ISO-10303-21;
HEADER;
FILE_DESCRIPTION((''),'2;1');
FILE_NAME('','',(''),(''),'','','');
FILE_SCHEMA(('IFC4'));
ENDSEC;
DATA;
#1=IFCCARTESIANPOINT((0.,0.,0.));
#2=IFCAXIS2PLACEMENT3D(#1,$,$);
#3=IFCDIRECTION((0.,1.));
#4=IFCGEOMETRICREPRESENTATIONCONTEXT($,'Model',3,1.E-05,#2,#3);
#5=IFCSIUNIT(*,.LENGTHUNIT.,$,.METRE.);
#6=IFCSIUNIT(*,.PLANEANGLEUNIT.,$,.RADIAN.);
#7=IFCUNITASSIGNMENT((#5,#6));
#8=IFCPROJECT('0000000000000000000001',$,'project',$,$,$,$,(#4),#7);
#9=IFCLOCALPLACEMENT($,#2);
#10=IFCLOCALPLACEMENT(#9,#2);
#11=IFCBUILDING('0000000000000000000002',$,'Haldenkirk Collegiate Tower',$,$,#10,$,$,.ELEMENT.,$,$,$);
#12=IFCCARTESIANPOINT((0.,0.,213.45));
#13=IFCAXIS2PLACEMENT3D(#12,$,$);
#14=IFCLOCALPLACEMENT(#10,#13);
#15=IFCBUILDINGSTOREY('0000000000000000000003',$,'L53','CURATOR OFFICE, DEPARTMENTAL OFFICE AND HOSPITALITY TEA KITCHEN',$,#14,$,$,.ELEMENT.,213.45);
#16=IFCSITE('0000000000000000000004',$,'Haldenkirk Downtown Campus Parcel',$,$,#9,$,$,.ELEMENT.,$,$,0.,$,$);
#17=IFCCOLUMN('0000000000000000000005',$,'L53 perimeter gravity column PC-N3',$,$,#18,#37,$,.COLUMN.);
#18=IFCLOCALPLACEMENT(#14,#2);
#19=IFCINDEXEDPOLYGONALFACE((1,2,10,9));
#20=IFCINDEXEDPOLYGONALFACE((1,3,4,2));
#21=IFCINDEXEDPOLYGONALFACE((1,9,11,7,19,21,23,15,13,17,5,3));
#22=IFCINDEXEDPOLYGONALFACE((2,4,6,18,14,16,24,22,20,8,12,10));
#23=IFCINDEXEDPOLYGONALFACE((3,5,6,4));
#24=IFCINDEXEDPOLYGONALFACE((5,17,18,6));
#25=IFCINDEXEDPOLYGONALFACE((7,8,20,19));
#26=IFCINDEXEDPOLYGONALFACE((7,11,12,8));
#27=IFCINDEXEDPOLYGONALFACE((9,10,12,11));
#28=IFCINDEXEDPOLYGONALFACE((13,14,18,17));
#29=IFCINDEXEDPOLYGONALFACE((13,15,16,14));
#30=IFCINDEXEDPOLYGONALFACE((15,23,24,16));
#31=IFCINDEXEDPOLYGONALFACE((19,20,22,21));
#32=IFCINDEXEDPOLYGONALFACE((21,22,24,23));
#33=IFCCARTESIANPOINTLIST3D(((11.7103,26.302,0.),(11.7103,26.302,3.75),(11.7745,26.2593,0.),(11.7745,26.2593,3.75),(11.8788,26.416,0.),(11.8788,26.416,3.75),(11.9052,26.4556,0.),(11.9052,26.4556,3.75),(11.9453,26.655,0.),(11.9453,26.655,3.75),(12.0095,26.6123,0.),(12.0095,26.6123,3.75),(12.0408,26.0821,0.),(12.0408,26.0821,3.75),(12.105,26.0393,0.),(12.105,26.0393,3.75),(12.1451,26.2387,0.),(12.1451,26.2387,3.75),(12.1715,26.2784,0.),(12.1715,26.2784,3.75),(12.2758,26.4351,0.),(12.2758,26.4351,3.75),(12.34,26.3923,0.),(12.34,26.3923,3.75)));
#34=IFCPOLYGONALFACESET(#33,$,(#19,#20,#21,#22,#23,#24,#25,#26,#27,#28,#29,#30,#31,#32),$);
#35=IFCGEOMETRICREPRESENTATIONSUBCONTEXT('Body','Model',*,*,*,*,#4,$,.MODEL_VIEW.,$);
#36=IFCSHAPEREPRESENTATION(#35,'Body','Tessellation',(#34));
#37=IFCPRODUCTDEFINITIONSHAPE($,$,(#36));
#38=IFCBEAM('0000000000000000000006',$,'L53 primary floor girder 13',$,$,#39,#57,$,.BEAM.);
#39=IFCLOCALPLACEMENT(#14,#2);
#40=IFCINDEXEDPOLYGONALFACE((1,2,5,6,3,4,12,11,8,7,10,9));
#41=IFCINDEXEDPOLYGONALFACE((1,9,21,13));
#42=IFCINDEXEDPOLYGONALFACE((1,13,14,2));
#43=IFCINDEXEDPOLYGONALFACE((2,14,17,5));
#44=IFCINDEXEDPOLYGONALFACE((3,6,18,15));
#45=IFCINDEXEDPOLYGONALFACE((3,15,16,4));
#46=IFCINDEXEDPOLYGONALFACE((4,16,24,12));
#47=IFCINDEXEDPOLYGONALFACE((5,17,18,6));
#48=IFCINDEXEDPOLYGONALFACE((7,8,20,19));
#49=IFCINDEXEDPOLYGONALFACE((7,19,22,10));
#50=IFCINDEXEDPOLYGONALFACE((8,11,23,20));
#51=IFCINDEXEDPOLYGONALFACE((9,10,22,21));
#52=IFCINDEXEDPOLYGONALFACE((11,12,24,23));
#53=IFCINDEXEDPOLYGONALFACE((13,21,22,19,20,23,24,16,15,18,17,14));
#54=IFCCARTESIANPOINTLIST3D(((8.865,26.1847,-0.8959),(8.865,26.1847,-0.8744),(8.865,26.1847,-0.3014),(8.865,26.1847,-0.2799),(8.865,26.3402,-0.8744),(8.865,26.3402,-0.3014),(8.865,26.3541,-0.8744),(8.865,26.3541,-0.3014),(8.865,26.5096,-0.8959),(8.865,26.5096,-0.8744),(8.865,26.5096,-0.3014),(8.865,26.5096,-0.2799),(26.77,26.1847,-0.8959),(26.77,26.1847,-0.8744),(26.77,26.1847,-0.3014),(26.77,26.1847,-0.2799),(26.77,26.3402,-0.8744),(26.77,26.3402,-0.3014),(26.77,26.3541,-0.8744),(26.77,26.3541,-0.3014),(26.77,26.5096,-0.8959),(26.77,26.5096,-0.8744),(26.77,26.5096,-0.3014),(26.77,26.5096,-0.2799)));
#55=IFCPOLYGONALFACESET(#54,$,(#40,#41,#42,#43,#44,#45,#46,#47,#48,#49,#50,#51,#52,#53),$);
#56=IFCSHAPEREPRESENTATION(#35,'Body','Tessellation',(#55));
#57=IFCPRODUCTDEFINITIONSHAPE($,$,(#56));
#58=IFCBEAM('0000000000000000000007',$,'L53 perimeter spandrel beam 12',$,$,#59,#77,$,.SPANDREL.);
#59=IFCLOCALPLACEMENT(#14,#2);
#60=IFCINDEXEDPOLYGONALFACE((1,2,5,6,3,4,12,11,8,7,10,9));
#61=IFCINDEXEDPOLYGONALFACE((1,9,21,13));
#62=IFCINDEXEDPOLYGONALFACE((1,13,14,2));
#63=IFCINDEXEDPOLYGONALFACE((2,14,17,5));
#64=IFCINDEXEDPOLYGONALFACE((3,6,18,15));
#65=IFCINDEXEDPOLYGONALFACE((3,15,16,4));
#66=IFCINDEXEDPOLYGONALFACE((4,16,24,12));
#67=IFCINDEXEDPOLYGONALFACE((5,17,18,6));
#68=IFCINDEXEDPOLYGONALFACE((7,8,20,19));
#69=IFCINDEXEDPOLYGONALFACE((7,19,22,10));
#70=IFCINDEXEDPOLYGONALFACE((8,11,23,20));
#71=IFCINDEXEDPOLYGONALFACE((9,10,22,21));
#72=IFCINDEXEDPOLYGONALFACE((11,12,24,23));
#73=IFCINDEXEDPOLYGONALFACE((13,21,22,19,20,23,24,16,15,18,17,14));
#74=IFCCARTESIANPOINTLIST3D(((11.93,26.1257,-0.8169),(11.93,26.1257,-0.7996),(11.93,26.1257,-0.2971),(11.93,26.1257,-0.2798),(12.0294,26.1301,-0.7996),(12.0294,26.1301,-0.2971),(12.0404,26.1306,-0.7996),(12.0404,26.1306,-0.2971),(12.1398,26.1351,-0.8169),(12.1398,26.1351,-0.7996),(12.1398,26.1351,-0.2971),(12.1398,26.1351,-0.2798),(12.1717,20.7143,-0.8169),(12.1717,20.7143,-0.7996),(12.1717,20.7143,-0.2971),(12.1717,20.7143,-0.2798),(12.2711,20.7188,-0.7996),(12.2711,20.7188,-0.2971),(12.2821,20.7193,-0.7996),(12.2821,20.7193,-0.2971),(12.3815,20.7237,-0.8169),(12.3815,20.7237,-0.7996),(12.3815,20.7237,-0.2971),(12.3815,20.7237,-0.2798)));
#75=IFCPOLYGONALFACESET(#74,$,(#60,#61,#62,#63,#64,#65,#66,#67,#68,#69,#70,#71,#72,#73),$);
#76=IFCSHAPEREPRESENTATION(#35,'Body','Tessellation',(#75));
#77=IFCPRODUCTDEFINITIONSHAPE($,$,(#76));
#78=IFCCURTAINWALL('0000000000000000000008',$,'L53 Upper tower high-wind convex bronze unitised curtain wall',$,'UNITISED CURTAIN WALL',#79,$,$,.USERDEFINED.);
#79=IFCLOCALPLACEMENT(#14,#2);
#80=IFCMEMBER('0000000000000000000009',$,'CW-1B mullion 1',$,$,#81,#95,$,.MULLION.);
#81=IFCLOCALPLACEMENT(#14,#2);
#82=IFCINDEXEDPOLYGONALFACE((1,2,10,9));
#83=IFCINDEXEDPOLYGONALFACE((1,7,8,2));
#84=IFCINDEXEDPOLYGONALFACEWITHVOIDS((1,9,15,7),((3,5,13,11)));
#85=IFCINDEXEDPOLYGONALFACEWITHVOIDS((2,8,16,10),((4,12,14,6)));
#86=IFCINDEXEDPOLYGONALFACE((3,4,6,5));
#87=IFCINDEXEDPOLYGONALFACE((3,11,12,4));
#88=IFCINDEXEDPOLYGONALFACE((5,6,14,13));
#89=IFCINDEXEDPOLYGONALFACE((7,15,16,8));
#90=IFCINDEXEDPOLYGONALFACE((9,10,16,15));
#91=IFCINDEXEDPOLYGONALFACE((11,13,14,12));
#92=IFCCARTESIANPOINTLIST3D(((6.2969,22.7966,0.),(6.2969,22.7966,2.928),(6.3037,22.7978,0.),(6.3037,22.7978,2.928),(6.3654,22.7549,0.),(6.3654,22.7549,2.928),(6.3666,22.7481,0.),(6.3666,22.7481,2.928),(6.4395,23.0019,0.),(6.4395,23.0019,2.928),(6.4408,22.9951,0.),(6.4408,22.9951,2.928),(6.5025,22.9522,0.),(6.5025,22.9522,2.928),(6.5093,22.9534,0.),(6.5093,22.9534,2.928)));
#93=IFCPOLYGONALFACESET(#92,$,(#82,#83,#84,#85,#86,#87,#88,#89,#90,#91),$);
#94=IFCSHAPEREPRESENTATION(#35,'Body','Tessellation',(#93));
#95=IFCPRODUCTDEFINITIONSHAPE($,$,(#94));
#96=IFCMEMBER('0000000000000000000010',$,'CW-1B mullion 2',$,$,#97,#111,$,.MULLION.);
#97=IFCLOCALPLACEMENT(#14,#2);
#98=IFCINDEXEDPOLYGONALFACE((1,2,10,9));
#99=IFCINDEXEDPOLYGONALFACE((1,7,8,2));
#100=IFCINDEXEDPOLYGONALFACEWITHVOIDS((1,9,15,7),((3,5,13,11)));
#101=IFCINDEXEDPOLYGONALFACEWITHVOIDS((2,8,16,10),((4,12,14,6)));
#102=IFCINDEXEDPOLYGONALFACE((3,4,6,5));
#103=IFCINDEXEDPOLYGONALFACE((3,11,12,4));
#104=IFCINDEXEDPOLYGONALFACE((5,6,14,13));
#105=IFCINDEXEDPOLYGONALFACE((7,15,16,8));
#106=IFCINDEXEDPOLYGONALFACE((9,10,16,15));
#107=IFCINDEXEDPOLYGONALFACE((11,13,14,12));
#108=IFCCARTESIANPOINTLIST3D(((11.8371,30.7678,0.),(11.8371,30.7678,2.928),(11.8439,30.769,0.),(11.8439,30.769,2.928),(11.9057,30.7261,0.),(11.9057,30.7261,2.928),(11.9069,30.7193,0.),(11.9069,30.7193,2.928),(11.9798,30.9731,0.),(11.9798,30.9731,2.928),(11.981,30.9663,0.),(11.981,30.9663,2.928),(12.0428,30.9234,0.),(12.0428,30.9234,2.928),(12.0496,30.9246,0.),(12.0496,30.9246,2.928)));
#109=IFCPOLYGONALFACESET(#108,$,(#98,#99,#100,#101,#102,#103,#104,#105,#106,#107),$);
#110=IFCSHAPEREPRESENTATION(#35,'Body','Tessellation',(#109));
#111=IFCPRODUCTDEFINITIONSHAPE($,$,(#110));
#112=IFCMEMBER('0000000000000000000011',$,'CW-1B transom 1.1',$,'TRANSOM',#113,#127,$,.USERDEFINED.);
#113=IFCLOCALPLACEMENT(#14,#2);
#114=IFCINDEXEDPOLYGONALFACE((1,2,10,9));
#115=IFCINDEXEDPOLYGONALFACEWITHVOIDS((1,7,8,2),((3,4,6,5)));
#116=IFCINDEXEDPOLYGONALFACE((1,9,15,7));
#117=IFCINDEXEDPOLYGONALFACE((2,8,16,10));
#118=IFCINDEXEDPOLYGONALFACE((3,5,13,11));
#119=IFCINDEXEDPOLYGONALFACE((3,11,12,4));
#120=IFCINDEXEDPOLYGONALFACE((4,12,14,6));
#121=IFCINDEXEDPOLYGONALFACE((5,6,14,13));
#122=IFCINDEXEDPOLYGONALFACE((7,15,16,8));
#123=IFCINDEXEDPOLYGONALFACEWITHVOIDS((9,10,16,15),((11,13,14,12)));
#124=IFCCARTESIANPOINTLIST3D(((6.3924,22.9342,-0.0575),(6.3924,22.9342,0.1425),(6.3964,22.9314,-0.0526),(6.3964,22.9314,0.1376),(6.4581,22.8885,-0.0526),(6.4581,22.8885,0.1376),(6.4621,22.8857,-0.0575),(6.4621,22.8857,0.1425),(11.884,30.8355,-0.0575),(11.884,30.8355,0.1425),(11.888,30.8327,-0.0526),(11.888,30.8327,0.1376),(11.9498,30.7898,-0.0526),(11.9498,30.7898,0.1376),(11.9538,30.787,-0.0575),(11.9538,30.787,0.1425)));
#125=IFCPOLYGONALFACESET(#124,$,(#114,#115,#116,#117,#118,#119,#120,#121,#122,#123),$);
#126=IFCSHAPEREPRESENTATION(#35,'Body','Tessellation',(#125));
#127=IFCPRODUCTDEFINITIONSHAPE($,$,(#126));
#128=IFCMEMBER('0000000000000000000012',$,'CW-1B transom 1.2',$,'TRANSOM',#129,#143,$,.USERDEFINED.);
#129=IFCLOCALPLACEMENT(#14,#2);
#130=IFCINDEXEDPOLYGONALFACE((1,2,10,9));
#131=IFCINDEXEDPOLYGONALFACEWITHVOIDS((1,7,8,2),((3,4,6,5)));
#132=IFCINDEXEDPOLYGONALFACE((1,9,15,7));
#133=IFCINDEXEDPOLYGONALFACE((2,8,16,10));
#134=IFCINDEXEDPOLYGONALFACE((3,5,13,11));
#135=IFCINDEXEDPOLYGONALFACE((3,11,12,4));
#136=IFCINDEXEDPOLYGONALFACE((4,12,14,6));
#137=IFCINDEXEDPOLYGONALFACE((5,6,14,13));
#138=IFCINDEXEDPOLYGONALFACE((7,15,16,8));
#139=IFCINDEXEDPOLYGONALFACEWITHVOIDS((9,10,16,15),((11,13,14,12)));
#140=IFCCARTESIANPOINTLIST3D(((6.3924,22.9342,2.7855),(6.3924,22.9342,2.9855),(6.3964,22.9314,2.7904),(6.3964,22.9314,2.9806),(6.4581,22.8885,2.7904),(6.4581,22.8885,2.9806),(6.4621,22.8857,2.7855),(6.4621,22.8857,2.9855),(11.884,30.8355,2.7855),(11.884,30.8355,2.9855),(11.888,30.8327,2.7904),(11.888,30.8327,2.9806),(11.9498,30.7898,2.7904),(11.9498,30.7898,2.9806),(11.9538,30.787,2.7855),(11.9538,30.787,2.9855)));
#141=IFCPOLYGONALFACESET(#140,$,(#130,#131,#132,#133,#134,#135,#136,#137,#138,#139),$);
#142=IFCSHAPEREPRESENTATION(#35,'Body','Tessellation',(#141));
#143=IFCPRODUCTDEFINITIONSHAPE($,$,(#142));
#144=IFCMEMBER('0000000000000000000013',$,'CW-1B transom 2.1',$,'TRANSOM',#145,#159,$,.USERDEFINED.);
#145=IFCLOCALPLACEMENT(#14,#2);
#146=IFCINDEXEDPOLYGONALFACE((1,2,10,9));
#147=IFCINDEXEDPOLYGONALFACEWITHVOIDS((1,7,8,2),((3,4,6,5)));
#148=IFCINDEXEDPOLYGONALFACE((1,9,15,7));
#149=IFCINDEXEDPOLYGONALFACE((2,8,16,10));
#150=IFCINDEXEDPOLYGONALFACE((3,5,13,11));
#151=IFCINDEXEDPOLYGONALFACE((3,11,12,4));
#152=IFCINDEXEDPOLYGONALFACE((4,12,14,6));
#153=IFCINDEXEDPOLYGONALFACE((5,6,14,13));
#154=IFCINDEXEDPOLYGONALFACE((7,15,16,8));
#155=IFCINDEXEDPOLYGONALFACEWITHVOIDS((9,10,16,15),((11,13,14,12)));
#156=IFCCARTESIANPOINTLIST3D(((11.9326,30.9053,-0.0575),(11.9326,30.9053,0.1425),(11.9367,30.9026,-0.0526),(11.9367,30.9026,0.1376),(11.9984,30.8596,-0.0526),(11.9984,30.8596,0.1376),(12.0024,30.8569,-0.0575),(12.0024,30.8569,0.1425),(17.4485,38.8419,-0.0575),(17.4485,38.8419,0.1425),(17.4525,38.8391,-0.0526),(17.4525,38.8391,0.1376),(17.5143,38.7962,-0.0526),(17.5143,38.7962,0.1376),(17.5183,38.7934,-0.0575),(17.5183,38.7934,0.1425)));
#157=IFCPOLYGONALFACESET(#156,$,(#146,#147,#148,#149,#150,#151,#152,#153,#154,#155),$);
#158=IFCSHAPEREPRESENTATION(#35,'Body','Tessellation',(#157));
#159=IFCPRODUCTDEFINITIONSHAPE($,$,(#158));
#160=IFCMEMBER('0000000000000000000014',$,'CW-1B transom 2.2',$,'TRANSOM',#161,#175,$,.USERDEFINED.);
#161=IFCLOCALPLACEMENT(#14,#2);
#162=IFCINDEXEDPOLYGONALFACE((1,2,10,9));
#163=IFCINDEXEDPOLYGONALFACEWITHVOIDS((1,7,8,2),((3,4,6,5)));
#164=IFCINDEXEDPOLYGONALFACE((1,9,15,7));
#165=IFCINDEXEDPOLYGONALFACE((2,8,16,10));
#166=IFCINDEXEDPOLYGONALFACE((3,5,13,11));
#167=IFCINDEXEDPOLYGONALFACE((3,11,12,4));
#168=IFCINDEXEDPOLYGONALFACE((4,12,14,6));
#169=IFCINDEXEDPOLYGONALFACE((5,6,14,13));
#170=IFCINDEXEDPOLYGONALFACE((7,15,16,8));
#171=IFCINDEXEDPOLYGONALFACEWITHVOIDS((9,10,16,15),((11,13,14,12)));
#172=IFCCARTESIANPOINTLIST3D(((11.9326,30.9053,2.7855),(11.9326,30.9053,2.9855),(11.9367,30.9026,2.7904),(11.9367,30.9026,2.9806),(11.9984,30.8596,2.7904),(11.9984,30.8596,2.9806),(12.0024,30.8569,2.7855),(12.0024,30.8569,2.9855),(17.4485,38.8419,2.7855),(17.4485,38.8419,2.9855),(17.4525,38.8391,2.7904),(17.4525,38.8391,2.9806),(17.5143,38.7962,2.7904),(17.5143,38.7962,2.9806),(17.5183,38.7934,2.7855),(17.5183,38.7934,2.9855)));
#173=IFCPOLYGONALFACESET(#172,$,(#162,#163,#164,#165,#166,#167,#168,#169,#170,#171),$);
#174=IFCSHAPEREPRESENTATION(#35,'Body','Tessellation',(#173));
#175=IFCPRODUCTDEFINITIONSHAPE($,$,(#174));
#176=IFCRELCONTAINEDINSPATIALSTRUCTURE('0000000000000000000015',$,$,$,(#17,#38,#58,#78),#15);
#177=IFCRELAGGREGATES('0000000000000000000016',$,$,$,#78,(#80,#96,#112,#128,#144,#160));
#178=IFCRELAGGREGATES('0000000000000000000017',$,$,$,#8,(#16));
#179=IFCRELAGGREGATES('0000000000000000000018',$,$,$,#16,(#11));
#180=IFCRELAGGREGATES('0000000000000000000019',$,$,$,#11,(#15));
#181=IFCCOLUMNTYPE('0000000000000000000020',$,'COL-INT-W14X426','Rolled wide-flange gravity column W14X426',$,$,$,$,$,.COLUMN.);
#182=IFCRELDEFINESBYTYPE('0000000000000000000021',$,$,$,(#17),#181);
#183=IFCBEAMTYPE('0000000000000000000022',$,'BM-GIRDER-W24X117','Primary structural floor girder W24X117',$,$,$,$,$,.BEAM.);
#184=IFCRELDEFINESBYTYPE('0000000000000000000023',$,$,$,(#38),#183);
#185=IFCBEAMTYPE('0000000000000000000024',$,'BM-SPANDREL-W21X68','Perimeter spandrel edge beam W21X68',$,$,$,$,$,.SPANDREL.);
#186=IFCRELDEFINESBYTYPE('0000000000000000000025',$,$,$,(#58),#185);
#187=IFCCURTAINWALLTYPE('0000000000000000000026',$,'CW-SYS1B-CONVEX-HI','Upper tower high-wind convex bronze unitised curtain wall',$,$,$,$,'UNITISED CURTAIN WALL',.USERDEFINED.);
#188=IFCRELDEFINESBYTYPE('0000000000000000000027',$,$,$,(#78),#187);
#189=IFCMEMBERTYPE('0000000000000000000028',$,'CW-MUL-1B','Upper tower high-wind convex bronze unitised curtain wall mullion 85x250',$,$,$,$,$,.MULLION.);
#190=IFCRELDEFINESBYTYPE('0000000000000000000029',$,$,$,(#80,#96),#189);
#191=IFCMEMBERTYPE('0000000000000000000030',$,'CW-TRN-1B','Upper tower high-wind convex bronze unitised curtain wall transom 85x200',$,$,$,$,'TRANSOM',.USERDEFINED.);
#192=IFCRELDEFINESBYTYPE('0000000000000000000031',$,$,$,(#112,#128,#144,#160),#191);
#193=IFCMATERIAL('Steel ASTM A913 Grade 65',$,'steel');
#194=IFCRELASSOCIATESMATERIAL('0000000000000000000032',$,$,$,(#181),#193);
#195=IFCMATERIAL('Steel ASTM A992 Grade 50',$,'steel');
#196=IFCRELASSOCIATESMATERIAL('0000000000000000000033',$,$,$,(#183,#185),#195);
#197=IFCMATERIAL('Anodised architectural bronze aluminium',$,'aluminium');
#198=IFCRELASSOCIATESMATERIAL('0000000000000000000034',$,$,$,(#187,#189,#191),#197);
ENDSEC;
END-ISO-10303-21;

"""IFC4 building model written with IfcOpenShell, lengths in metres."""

from ifc_helpers import new_model, si_unit, direction, frame, origin, origin_2d, place, context, subcontext, project, spatial, hollow_rectangle, i_section, extrude, material, material_profile, profile_set, type_object, element, aggregate, save


model = new_model("IFC4")

# Units and contexts
model_context = context("Model", 3, precision=1e-05, world=origin(), true_north=direction((0.0, 1.0)))
body_context = subcontext(model_context, "Body", "Model", "MODEL_VIEW")
ifc_project = project(units=[si_unit("LENGTHUNIT", "METRE"), si_unit("PLANEANGLEUNIT", "RADIAN")], contexts=[model_context])

# Site, building, storey
site_placement = place(None, origin())
site = spatial("IfcSite", under=ifc_project, at=site_placement, Name="Haldenkirk Downtown Campus Parcel", CompositionType="ELEMENT", RefElevation=0.0)
building_placement = place(site_placement, origin())
building = spatial("IfcBuilding", under=site, at=building_placement, Name="Haldenkirk Collegiate Tower", CompositionType="ELEMENT")
storey_placement = place(building_placement, frame((0.0, 0.0, 213.45)))
storey = spatial("IfcBuildingStorey", under=building, at=storey_placement, Name="L53", Description="CURATOR OFFICE, DEPARTMENTAL OFFICE AND HOSPITALITY TEA KITCHEN", CompositionType="ELEMENT", Elevation=213.45)

# Column
ifc_material_1 = material(Name="Steel ASTM A913 Grade 65", Category="steel")
ifc_material_profile_1 = material_profile(ifc_material_1, i_section(OverallWidth=0.4241, OverallDepth=0.4741, WebThickness=0.0476, FlangeThickness=0.0771, at=origin_2d()), Name="W14X426")
ifc_profile_set_1 = profile_set([ifc_material_profile_1], Name="Steel ASTM A913 Grade 65")
column_type = type_object("IfcColumnType", Name="COL-INT-W14X426", Description="Rolled wide-flange gravity column W14X426", PredefinedType="COLUMN", material=ifc_profile_set_1)
column_placement = place(storey_placement, frame((12.0251, 26.3472, 0.0), z_axis=(0.0, 0.0, 1.0), x_axis=(0.554118, 0.832438, 0.0)))
element("IfcColumn", 1, at=column_placement, inside=storey, type_object=column_type, Name="L53 perimeter gravity column PC-N3", PredefinedType="COLUMN", context=body_context, shape_type="SweptSolid", body=[
    extrude(i_section(OverallWidth=0.4241, OverallDepth=0.4741, WebThickness=0.0476, FlangeThickness=0.0771, at=origin_2d()), origin(), (0.0, 0.0, 1.0), 3.75),
])

# Beams
ifc_material_2 = material(Name="Steel ASTM A992 Grade 50", Category="steel")
ifc_material_profile_2 = material_profile(ifc_material_2, i_section(OverallWidth=0.325, OverallDepth=0.616, WebThickness=0.0139, FlangeThickness=0.0215, at=origin_2d()), Name="W24X117")
ifc_profile_set_2 = profile_set([ifc_material_profile_2], Name="Steel ASTM A992 Grade 50")
beam_type_1 = type_object("IfcBeamType", Name="BM-GIRDER-W24X117", Description="Primary structural floor girder W24X117", PredefinedType="BEAM", material=ifc_profile_set_2)
beam_1_placement = place(storey_placement, frame((8.865, 26.3472, -0.5879), z_axis=(1.0, 0.0, 0.0), x_axis=(0.0, 1.0, 0.0)))
element("IfcBeam", 2, at=beam_1_placement, inside=storey, type_object=beam_type_1, Name="L53 primary floor girder 13", PredefinedType="BEAM", context=body_context, shape_type="SweptSolid", body=[
    extrude(i_section(OverallWidth=0.325, OverallDepth=0.616, WebThickness=0.0139, FlangeThickness=0.0215, at=origin_2d()), origin(), (0.0, 0.0, 1.0), 17.905),
])
ifc_material_profile_3 = material_profile(ifc_material_2, i_section(OverallWidth=0.21, OverallDepth=0.5371, WebThickness=0.011, FlangeThickness=0.0173, at=origin_2d()), Name="W21X68")
ifc_profile_set_3 = profile_set([ifc_material_profile_3], Name="Steel ASTM A992 Grade 50")
beam_type_2 = type_object("IfcBeamType", Name="BM-SPANDREL-W21X68", Description="Perimeter spandrel edge beam W21X68", PredefinedType="SPANDREL", material=ifc_profile_set_3)
beam_2_placement = place(storey_placement, frame((12.0349, 26.1304, -0.5483), z_axis=(0.044621, -0.999004, 0.0), x_axis=(0.999004, 0.044621, 0.0)))
element("IfcBeam", 3, at=beam_2_placement, inside=storey, type_object=beam_type_2, Name="L53 perimeter spandrel beam 12", PredefinedType="SPANDREL", context=body_context, shape_type="SweptSolid", body=[
    extrude(i_section(OverallWidth=0.21, OverallDepth=0.5371, WebThickness=0.011, FlangeThickness=0.0173, at=origin_2d()), origin(), (0.0, 0.0, 1.0), 5.4167),
])

# Curtain wall, members
ifc_material_3 = material(Name="Anodised architectural bronze aluminium", Category="aluminium")
curtain_wall_type = type_object("IfcCurtainWallType", Name="CW-SYS1B-CONVEX-HI", Description="Upper tower high-wind convex bronze unitised curtain wall", ElementType="UNITISED CURTAIN WALL", PredefinedType="USERDEFINED", material=ifc_material_3)
curtain_wall_placement = place(storey_placement, origin())
curtain_wall = element("IfcCurtainWall", 4, at=curtain_wall_placement, inside=storey, type_object=curtain_wall_type, Name="L53 Upper tower high-wind convex bronze unitised curtain wall", ObjectType="UNITISED CURTAIN WALL", PredefinedType="USERDEFINED")
ifc_material_profile_4 = material_profile(ifc_material_3, hollow_rectangle(XDim=0.085, YDim=0.25, WallThickness=0.0049, at=origin_2d()), Name="CW-MUL-1B")
ifc_profile_set_4 = profile_set([ifc_material_profile_4], Name="Anodised architectural bronze aluminium")
member_type_1 = type_object("IfcMemberType", Name="CW-MUL-1B", Description="Upper tower high-wind convex bronze unitised curtain wall mullion 85x250", PredefinedType="MULLION", material=ifc_profile_set_4)
member_1_placement = place(storey_placement, frame((6.4031, 22.875, 0.0), z_axis=(0.0, 0.0, 1.0), x_axis=(-0.821148, 0.570715, 0.0)))
member_1 = element("IfcMember", 5, at=member_1_placement, type_object=member_type_1, Name="CW-1B mullion 1", PredefinedType="MULLION", context=body_context, shape_type="SweptSolid", body=[
    extrude(hollow_rectangle(XDim=0.085, YDim=0.25, WallThickness=0.0049, at=origin_2d()), origin(), (0.0, 0.0, 1.0), 2.928),
])
member_2_placement = place(storey_placement, frame((11.9434, 30.8462, 0.0), z_axis=(0.0, 0.0, 1.0), x_axis=(-0.821148, 0.570715, 0.0)))
member_2 = element("IfcMember", 6, at=member_2_placement, type_object=member_type_1, Name="CW-1B mullion 2", PredefinedType="MULLION", context=body_context, shape_type="SweptSolid", body=[
    extrude(hollow_rectangle(XDim=0.085, YDim=0.25, WallThickness=0.0049, at=origin_2d()), origin(), (0.0, 0.0, 1.0), 2.928),
])
ifc_material_profile_5 = material_profile(ifc_material_3, hollow_rectangle(XDim=0.085, YDim=0.2, WallThickness=0.0049, at=origin_2d()), Name="CW-TRN-1B")
ifc_profile_set_5 = profile_set([ifc_material_profile_5], Name="Anodised architectural bronze aluminium")
member_type_2 = type_object("IfcMemberType", Name="CW-TRN-1B", Description="Upper tower high-wind convex bronze unitised curtain wall transom 85x200", ElementType="TRANSOM", PredefinedType="USERDEFINED", material=ifc_profile_set_5)
member_3_placement = place(storey_placement, frame((6.4272, 22.9099, 0.0425), z_axis=(0.570721, 0.821144, 0.0), x_axis=(-0.821144, 0.570721, 0.0)))
member_3 = element("IfcMember", 7, at=member_3_placement, type_object=member_type_2, Name="CW-1B transom 1.1", ObjectType="TRANSOM", PredefinedType="USERDEFINED", context=body_context, shape_type="SweptSolid", body=[
    extrude(hollow_rectangle(XDim=0.085, YDim=0.2, WallThickness=0.0049, at=origin_2d()), origin(), (0.0, 0.0, 1.0), 9.6223),
])
member_4_placement = place(storey_placement, frame((6.4272, 22.9099, 2.8855), z_axis=(0.570721, 0.821144, 0.0), x_axis=(-0.821144, 0.570721, 0.0)))
member_4 = element("IfcMember", 8, at=member_4_placement, type_object=member_type_2, Name="CW-1B transom 1.2", ObjectType="TRANSOM", PredefinedType="USERDEFINED", context=body_context, shape_type="SweptSolid", body=[
    extrude(hollow_rectangle(XDim=0.085, YDim=0.2, WallThickness=0.0049, at=origin_2d()), origin(), (0.0, 0.0, 1.0), 9.6223),
])
member_5_placement = place(storey_placement, frame((11.9675, 30.8811, 0.0425), z_axis=(0.570703, 0.821157, 0.0), x_axis=(-0.821157, 0.570703, 0.0)))
member_5 = element("IfcMember", 9, at=member_5_placement, type_object=member_type_2, Name="CW-1B transom 2.1", ObjectType="TRANSOM", PredefinedType="USERDEFINED", context=body_context, shape_type="SweptSolid", body=[
    extrude(hollow_rectangle(XDim=0.085, YDim=0.2, WallThickness=0.0049, at=origin_2d()), origin(), (0.0, 0.0, 1.0), 9.665),
])
member_6_placement = place(storey_placement, frame((11.9675, 30.8811, 2.8855), z_axis=(0.570703, 0.821157, 0.0), x_axis=(-0.821157, 0.570703, 0.0)))
member_6 = element("IfcMember", 10, at=member_6_placement, type_object=member_type_2, Name="CW-1B transom 2.2", ObjectType="TRANSOM", PredefinedType="USERDEFINED", context=body_context, shape_type="SweptSolid", body=[
    extrude(hollow_rectangle(XDim=0.085, YDim=0.2, WallThickness=0.0049, at=origin_2d()), origin(), (0.0, 0.0, 1.0), 9.665),
])

aggregate(curtain_wall, [member_1, member_2, member_3, member_4, member_5, member_6])

save(model, "model.ifc")
